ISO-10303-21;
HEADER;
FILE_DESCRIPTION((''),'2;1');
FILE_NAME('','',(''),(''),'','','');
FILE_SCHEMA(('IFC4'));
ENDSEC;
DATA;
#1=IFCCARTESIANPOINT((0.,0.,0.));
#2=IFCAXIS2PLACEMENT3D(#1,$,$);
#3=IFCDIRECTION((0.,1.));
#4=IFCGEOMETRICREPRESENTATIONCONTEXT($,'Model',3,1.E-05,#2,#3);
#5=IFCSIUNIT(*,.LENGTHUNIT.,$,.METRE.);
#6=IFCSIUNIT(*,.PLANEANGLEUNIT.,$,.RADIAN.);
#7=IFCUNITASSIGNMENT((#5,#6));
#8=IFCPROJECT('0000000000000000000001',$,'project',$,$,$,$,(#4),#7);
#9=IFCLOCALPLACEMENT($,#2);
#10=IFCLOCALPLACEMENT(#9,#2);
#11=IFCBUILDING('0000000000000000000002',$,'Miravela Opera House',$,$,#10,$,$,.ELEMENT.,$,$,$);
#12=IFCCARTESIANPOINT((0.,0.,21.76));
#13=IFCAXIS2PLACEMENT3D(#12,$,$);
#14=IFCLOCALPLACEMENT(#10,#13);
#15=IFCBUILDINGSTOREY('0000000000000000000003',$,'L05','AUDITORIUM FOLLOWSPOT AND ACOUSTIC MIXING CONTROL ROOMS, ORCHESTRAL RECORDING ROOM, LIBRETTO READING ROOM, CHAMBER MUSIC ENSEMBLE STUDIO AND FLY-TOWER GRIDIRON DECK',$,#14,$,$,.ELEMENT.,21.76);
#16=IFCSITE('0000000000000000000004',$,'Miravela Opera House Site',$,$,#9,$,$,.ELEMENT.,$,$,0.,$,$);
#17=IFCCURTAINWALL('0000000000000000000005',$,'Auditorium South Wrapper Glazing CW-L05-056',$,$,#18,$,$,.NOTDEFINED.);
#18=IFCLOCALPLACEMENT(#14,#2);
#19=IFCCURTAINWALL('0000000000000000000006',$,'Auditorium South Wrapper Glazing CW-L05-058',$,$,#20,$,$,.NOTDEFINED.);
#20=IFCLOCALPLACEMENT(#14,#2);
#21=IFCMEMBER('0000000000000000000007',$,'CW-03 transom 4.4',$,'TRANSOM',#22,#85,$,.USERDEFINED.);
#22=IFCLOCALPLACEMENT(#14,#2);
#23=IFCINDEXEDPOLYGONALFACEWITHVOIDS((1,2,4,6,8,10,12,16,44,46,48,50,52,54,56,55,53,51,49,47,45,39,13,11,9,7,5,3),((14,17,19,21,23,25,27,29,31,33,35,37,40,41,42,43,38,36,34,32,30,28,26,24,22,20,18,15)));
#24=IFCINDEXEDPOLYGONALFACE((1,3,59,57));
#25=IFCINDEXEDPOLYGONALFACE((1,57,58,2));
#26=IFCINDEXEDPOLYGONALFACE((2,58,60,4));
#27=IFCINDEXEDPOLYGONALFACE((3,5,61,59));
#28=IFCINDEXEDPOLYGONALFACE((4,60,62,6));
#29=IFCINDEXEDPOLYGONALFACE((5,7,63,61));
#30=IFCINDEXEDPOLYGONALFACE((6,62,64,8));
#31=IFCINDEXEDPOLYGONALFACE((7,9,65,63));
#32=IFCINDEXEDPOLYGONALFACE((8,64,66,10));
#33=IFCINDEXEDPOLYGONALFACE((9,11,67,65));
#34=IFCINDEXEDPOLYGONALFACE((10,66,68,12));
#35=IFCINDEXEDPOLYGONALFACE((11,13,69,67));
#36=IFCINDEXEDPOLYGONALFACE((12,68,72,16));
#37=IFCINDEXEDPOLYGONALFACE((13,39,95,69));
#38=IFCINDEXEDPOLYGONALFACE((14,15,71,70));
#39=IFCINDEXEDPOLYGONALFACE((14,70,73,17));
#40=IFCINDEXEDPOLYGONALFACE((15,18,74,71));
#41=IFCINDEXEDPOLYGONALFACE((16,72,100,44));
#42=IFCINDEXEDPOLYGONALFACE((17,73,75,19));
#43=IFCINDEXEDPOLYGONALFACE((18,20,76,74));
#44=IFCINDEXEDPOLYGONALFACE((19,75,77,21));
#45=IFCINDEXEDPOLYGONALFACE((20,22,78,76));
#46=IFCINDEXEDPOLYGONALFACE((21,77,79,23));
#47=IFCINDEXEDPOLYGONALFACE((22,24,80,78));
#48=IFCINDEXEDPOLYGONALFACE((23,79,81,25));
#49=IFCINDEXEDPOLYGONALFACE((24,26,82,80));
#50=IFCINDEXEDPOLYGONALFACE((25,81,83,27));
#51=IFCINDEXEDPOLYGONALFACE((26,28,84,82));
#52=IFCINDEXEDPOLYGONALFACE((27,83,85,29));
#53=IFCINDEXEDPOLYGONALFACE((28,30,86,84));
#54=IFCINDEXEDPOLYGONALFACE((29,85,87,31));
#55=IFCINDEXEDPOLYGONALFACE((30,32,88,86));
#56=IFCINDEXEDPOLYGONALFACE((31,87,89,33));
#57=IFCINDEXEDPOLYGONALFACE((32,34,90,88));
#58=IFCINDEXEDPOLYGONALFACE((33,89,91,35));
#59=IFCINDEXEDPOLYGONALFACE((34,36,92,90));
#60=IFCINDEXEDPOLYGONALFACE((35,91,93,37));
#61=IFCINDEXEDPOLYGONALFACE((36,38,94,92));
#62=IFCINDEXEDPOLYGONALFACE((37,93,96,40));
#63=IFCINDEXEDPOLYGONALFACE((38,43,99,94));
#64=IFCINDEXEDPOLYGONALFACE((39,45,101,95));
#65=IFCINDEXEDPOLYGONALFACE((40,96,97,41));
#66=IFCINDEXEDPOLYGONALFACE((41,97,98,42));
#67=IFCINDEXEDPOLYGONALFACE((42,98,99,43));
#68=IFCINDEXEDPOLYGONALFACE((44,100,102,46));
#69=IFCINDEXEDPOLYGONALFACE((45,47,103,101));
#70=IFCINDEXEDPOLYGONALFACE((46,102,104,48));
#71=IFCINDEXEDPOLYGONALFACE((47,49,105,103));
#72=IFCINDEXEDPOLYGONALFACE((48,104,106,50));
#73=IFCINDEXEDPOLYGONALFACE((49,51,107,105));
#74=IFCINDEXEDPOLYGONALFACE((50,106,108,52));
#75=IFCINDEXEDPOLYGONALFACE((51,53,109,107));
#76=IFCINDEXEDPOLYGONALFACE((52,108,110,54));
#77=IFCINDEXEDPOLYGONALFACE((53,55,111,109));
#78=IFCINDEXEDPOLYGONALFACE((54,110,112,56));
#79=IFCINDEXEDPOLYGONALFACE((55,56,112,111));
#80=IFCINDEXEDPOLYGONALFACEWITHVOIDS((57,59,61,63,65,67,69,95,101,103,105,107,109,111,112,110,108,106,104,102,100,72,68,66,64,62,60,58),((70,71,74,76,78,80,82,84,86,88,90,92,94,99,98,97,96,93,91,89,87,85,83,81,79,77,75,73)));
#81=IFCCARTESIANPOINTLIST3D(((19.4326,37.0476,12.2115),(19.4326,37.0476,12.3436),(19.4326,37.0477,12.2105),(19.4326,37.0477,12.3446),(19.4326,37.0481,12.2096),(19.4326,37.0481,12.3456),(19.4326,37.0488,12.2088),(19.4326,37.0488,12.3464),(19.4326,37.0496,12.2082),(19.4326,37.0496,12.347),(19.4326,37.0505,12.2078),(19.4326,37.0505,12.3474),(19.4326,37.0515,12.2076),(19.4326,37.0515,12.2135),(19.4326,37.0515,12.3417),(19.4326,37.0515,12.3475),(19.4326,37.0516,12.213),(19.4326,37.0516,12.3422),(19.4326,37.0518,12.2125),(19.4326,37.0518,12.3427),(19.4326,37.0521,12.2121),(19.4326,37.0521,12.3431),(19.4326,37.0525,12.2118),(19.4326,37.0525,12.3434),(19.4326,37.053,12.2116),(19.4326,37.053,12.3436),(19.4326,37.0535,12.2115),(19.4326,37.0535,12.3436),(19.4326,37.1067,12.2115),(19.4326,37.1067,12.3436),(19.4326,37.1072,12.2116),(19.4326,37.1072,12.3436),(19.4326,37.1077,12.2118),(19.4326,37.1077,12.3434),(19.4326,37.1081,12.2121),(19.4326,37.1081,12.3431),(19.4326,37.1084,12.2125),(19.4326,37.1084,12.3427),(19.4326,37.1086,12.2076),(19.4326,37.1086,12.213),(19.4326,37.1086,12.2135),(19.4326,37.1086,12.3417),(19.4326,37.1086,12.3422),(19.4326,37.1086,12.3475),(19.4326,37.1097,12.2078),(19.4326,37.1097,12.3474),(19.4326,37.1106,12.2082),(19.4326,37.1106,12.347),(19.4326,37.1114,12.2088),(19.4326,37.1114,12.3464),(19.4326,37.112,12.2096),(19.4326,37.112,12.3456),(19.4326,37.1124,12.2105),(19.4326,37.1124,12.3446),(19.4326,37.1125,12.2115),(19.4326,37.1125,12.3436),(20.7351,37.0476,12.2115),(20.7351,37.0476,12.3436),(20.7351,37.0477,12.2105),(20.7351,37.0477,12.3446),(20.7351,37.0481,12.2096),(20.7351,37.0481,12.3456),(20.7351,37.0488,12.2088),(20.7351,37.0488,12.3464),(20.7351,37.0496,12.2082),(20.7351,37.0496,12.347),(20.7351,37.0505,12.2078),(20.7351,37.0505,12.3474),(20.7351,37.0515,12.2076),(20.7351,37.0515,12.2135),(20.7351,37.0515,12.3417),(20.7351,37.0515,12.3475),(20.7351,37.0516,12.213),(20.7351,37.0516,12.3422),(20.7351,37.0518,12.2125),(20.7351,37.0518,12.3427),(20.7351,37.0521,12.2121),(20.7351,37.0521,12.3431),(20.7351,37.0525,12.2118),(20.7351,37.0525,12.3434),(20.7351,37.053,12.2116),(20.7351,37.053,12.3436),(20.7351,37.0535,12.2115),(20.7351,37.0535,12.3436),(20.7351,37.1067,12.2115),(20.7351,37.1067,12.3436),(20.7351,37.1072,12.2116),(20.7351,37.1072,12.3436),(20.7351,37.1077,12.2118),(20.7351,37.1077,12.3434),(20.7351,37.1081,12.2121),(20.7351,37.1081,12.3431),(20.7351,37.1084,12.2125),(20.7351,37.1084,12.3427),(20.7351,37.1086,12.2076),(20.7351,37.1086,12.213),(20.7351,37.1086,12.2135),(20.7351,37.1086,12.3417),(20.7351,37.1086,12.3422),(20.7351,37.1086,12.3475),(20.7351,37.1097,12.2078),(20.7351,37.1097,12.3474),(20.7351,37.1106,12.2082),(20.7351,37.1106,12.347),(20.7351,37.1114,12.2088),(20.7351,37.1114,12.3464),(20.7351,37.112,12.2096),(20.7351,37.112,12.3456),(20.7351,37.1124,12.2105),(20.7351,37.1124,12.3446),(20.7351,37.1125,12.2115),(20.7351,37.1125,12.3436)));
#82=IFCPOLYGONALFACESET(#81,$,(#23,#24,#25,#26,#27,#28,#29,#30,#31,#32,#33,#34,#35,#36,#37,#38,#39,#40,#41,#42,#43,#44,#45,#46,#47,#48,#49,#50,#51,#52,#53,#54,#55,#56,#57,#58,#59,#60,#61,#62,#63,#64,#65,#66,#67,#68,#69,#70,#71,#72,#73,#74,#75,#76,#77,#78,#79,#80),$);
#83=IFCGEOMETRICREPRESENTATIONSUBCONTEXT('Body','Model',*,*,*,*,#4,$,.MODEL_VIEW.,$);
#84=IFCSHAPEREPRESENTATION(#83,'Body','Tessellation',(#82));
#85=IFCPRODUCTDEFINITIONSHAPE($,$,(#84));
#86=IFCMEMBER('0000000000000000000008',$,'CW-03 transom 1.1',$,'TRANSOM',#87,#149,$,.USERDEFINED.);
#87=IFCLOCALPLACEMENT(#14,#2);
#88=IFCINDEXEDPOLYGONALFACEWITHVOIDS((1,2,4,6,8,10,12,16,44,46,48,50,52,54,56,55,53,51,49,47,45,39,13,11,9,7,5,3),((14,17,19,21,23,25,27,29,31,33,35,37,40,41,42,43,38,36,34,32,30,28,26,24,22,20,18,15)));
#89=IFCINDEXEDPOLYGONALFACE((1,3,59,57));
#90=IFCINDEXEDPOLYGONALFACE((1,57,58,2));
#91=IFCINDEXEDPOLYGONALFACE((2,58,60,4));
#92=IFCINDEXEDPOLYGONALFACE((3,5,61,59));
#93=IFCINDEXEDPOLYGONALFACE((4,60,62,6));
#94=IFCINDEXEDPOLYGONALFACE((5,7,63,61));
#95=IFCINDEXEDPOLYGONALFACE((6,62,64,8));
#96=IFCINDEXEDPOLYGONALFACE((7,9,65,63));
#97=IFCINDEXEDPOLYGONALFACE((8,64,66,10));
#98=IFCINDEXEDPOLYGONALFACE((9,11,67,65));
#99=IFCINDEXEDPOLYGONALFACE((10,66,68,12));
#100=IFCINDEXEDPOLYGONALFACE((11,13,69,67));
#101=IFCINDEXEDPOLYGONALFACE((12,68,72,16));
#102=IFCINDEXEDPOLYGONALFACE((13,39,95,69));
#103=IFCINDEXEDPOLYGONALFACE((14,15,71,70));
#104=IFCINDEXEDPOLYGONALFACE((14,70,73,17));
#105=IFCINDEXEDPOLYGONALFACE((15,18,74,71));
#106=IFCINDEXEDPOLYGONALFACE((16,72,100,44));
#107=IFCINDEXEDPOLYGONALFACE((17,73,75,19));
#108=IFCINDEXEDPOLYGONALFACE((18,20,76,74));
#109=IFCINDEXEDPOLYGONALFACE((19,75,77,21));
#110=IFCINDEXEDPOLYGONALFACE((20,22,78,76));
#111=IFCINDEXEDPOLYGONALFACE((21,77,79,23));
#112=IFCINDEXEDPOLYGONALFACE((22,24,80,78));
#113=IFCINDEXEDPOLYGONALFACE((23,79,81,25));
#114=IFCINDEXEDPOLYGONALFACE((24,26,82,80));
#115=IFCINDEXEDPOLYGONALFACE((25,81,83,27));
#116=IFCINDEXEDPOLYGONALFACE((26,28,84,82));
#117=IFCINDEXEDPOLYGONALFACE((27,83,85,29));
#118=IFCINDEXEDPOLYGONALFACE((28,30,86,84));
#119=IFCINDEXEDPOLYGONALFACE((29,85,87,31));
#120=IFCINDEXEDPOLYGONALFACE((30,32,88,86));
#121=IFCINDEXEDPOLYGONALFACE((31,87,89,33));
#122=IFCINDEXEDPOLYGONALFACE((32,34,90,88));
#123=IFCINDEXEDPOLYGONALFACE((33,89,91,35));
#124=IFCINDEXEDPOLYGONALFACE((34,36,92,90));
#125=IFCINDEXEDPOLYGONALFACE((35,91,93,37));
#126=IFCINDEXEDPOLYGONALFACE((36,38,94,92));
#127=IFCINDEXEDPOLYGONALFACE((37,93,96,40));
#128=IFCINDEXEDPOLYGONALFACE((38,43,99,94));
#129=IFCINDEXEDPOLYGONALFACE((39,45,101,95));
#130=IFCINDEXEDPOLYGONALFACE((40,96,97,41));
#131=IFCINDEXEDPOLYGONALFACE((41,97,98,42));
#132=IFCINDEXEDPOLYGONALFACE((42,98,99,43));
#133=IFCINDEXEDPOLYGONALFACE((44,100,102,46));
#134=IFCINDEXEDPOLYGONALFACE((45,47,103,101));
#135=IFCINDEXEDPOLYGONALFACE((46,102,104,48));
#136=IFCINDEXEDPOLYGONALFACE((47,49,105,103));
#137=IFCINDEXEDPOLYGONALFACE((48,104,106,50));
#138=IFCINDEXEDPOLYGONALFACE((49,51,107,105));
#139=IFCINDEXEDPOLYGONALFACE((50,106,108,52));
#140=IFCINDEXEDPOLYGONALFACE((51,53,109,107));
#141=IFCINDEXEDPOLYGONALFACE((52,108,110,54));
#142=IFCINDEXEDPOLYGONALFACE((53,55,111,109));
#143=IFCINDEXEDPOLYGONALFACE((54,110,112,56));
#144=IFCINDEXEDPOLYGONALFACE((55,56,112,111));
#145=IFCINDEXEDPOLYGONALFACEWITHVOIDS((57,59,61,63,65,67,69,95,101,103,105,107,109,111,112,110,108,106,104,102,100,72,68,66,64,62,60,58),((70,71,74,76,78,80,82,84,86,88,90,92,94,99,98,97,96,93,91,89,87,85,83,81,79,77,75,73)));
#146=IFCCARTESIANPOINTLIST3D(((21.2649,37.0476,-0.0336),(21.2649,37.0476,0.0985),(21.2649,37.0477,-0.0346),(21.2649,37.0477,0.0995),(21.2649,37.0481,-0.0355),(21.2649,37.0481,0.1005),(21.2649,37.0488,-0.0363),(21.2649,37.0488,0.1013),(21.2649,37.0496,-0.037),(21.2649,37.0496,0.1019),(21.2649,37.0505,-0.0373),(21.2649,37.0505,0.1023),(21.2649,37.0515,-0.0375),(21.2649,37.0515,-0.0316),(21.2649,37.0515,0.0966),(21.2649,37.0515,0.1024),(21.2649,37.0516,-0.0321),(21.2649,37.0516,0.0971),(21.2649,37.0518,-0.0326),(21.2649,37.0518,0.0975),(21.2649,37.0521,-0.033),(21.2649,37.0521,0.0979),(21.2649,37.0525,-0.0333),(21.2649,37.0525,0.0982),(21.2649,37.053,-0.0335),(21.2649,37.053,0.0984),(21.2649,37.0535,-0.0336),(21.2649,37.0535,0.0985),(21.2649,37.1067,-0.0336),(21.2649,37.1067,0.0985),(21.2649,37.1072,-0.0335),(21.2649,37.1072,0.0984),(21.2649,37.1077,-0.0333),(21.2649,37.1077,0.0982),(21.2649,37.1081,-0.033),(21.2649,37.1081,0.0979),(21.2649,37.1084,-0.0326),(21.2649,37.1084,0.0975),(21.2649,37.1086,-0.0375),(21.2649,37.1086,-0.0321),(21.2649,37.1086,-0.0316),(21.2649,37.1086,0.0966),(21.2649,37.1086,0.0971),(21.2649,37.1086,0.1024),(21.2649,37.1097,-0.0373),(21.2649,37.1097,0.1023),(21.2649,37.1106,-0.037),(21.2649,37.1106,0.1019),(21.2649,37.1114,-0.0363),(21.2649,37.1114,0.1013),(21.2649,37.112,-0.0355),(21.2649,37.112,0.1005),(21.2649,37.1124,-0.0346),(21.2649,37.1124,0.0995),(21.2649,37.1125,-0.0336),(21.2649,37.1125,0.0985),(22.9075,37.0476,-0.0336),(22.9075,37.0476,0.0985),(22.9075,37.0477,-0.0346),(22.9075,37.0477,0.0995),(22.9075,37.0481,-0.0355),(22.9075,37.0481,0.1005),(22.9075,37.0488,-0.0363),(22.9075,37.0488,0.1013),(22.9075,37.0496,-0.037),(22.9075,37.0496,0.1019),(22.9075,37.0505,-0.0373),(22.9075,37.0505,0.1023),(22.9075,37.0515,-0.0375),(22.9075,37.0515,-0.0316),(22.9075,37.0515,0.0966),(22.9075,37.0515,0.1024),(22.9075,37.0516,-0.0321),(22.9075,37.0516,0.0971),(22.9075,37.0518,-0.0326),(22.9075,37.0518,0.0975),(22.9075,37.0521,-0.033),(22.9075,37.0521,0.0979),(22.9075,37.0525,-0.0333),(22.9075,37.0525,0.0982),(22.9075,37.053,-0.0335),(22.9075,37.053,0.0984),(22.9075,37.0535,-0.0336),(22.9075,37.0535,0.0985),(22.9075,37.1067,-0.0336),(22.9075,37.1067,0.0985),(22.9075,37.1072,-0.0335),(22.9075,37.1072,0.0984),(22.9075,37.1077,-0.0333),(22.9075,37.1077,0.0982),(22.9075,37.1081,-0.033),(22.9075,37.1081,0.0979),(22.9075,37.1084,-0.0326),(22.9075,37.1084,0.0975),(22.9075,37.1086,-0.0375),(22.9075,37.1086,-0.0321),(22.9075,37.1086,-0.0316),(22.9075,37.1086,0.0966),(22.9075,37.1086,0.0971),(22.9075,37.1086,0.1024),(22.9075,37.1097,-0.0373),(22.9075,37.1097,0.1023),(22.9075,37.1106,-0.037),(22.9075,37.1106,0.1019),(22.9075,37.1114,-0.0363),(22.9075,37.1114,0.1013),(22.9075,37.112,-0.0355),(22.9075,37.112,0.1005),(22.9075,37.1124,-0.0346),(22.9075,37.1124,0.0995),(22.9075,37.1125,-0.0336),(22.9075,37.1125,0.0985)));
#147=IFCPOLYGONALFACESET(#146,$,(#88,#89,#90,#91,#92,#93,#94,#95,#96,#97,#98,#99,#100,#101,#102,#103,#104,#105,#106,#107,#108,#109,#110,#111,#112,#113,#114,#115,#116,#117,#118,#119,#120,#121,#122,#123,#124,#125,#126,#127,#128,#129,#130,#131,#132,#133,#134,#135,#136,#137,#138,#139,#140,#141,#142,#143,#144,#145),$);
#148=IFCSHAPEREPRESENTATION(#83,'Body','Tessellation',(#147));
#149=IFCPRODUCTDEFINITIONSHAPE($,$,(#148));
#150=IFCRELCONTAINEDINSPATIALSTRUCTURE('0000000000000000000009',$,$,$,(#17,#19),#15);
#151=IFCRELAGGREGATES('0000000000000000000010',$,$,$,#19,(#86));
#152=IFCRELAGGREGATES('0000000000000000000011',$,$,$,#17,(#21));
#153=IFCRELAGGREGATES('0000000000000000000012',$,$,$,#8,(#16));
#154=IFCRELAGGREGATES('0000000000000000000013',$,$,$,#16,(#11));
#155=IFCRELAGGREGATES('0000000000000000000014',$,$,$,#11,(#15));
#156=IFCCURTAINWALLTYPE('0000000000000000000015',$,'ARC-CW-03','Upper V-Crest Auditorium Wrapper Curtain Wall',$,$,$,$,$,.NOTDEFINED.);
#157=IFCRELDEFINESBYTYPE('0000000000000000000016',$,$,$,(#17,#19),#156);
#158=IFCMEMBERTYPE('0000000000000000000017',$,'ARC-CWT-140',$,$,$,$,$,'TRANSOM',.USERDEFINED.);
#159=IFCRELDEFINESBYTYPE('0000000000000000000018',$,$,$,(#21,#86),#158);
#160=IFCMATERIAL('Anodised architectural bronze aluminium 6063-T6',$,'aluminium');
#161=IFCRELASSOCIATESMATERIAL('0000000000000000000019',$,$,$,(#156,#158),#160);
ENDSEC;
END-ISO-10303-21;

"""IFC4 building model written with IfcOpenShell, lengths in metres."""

from ifc_helpers import new_model, si_unit, direction, frame, origin, origin_2d, place, context, subcontext, project, spatial, hollow_rectangle, extrude, material, material_profile, profile_set, type_object, element, aggregate, save


model = new_model("IFC4")

# Units and contexts
model_context = context("Model", 3, precision=1e-05, world=origin(), true_north=direction((0.0, 1.0)))
body_context = subcontext(model_context, "Body", "Model", "MODEL_VIEW")
ifc_project = project(units=[si_unit("LENGTHUNIT", "METRE"), si_unit("PLANEANGLEUNIT", "RADIAN")], contexts=[model_context])

# Site, building, storey
site_placement = place(None, origin())
site = spatial("IfcSite", under=ifc_project, at=site_placement, Name="Miravela Opera House Site", CompositionType="ELEMENT", RefElevation=0.0)
building_placement = place(site_placement, origin())
building = spatial("IfcBuilding", under=site, at=building_placement, Name="Miravela Opera House", CompositionType="ELEMENT")
storey_placement = place(building_placement, frame((0.0, 0.0, 21.76)))
storey = spatial("IfcBuildingStorey", under=building, at=storey_placement, Name="L05", Description="AUDITORIUM FOLLOWSPOT AND ACOUSTIC MIXING CONTROL ROOMS, ORCHESTRAL RECORDING ROOM, LIBRETTO READING ROOM, CHAMBER MUSIC ENSEMBLE STUDIO AND FLY-TOWER GRIDIRON DECK", CompositionType="ELEMENT", Elevation=21.76)

# Curtain wall
ifc_material_1 = material(Name="Anodised architectural bronze aluminium 6063-T6", Category="aluminium")
curtain_wall_type = type_object("IfcCurtainWallType", Name="ARC-CW-03", Description="Upper V-Crest Auditorium Wrapper Curtain Wall", PredefinedType="NOTDEFINED", material=ifc_material_1)
curtain_wall_1_placement = place(storey_placement, origin())
curtain_wall_1 = element("IfcCurtainWall", 1, at=curtain_wall_1_placement, inside=storey, type_object=curtain_wall_type, Name="Auditorium South Wrapper Glazing CW-L05-056", PredefinedType="NOTDEFINED")

# Curtain wall
curtain_wall_2_placement = place(storey_placement, origin())
curtain_wall_2 = element("IfcCurtainWall", 2, at=curtain_wall_2_placement, inside=storey, type_object=curtain_wall_type, Name="Auditorium South Wrapper Glazing CW-L05-058", PredefinedType="NOTDEFINED")

# Members
ifc_material_profile_1 = material_profile(ifc_material_1, hollow_rectangle(XDim=0.0649, YDim=0.1399, WallThickness=0.0039, InnerFilletRadius=0.002, OuterFilletRadius=0.0039, at=origin_2d()), Name="CWT-65X140")
ifc_profile_set_1 = profile_set([ifc_material_profile_1])
member_type_1 = type_object("IfcMemberType", Name="ARC-CWT-140", ElementType="TRANSOM", PredefinedType="USERDEFINED", material=ifc_profile_set_1)
member_1_placement = place(storey_placement, frame((19.4326, 37.0801, 12.2776), z_axis=(1.0, 0.0, 0.0), x_axis=(0.0, 1.0, 0.0)))
member_1 = element("IfcMember", 3, at=member_1_placement, type_object=member_type_1, Name="CW-03 transom 4.4", ObjectType="TRANSOM", PredefinedType="USERDEFINED", context=body_context, shape_type="SweptSolid", body=[
    extrude(hollow_rectangle(XDim=0.0649, YDim=0.1399, WallThickness=0.0039, InnerFilletRadius=0.002, OuterFilletRadius=0.0039, at=origin_2d()), origin(), (0.0, 0.0, 1.0), 1.3025),
])
member_2_placement = place(storey_placement, frame((21.2649, 37.0801, 0.0325), z_axis=(1.0, 0.0, 0.0), x_axis=(0.0, 1.0, 0.0)))
member_2 = element("IfcMember", 4, at=member_2_placement, type_object=member_type_1, Name="CW-03 transom 1.1", ObjectType="TRANSOM", PredefinedType="USERDEFINED", context=body_context, shape_type="SweptSolid", body=[
    extrude(hollow_rectangle(XDim=0.0649, YDim=0.1399, WallThickness=0.0039, InnerFilletRadius=0.002, OuterFilletRadius=0.0039, at=origin_2d()), origin(), (0.0, 0.0, 1.0), 1.6426),
])
aggregate(curtain_wall_2, [member_2])

aggregate(curtain_wall_1, [member_1])

save(model, "model.ifc")
